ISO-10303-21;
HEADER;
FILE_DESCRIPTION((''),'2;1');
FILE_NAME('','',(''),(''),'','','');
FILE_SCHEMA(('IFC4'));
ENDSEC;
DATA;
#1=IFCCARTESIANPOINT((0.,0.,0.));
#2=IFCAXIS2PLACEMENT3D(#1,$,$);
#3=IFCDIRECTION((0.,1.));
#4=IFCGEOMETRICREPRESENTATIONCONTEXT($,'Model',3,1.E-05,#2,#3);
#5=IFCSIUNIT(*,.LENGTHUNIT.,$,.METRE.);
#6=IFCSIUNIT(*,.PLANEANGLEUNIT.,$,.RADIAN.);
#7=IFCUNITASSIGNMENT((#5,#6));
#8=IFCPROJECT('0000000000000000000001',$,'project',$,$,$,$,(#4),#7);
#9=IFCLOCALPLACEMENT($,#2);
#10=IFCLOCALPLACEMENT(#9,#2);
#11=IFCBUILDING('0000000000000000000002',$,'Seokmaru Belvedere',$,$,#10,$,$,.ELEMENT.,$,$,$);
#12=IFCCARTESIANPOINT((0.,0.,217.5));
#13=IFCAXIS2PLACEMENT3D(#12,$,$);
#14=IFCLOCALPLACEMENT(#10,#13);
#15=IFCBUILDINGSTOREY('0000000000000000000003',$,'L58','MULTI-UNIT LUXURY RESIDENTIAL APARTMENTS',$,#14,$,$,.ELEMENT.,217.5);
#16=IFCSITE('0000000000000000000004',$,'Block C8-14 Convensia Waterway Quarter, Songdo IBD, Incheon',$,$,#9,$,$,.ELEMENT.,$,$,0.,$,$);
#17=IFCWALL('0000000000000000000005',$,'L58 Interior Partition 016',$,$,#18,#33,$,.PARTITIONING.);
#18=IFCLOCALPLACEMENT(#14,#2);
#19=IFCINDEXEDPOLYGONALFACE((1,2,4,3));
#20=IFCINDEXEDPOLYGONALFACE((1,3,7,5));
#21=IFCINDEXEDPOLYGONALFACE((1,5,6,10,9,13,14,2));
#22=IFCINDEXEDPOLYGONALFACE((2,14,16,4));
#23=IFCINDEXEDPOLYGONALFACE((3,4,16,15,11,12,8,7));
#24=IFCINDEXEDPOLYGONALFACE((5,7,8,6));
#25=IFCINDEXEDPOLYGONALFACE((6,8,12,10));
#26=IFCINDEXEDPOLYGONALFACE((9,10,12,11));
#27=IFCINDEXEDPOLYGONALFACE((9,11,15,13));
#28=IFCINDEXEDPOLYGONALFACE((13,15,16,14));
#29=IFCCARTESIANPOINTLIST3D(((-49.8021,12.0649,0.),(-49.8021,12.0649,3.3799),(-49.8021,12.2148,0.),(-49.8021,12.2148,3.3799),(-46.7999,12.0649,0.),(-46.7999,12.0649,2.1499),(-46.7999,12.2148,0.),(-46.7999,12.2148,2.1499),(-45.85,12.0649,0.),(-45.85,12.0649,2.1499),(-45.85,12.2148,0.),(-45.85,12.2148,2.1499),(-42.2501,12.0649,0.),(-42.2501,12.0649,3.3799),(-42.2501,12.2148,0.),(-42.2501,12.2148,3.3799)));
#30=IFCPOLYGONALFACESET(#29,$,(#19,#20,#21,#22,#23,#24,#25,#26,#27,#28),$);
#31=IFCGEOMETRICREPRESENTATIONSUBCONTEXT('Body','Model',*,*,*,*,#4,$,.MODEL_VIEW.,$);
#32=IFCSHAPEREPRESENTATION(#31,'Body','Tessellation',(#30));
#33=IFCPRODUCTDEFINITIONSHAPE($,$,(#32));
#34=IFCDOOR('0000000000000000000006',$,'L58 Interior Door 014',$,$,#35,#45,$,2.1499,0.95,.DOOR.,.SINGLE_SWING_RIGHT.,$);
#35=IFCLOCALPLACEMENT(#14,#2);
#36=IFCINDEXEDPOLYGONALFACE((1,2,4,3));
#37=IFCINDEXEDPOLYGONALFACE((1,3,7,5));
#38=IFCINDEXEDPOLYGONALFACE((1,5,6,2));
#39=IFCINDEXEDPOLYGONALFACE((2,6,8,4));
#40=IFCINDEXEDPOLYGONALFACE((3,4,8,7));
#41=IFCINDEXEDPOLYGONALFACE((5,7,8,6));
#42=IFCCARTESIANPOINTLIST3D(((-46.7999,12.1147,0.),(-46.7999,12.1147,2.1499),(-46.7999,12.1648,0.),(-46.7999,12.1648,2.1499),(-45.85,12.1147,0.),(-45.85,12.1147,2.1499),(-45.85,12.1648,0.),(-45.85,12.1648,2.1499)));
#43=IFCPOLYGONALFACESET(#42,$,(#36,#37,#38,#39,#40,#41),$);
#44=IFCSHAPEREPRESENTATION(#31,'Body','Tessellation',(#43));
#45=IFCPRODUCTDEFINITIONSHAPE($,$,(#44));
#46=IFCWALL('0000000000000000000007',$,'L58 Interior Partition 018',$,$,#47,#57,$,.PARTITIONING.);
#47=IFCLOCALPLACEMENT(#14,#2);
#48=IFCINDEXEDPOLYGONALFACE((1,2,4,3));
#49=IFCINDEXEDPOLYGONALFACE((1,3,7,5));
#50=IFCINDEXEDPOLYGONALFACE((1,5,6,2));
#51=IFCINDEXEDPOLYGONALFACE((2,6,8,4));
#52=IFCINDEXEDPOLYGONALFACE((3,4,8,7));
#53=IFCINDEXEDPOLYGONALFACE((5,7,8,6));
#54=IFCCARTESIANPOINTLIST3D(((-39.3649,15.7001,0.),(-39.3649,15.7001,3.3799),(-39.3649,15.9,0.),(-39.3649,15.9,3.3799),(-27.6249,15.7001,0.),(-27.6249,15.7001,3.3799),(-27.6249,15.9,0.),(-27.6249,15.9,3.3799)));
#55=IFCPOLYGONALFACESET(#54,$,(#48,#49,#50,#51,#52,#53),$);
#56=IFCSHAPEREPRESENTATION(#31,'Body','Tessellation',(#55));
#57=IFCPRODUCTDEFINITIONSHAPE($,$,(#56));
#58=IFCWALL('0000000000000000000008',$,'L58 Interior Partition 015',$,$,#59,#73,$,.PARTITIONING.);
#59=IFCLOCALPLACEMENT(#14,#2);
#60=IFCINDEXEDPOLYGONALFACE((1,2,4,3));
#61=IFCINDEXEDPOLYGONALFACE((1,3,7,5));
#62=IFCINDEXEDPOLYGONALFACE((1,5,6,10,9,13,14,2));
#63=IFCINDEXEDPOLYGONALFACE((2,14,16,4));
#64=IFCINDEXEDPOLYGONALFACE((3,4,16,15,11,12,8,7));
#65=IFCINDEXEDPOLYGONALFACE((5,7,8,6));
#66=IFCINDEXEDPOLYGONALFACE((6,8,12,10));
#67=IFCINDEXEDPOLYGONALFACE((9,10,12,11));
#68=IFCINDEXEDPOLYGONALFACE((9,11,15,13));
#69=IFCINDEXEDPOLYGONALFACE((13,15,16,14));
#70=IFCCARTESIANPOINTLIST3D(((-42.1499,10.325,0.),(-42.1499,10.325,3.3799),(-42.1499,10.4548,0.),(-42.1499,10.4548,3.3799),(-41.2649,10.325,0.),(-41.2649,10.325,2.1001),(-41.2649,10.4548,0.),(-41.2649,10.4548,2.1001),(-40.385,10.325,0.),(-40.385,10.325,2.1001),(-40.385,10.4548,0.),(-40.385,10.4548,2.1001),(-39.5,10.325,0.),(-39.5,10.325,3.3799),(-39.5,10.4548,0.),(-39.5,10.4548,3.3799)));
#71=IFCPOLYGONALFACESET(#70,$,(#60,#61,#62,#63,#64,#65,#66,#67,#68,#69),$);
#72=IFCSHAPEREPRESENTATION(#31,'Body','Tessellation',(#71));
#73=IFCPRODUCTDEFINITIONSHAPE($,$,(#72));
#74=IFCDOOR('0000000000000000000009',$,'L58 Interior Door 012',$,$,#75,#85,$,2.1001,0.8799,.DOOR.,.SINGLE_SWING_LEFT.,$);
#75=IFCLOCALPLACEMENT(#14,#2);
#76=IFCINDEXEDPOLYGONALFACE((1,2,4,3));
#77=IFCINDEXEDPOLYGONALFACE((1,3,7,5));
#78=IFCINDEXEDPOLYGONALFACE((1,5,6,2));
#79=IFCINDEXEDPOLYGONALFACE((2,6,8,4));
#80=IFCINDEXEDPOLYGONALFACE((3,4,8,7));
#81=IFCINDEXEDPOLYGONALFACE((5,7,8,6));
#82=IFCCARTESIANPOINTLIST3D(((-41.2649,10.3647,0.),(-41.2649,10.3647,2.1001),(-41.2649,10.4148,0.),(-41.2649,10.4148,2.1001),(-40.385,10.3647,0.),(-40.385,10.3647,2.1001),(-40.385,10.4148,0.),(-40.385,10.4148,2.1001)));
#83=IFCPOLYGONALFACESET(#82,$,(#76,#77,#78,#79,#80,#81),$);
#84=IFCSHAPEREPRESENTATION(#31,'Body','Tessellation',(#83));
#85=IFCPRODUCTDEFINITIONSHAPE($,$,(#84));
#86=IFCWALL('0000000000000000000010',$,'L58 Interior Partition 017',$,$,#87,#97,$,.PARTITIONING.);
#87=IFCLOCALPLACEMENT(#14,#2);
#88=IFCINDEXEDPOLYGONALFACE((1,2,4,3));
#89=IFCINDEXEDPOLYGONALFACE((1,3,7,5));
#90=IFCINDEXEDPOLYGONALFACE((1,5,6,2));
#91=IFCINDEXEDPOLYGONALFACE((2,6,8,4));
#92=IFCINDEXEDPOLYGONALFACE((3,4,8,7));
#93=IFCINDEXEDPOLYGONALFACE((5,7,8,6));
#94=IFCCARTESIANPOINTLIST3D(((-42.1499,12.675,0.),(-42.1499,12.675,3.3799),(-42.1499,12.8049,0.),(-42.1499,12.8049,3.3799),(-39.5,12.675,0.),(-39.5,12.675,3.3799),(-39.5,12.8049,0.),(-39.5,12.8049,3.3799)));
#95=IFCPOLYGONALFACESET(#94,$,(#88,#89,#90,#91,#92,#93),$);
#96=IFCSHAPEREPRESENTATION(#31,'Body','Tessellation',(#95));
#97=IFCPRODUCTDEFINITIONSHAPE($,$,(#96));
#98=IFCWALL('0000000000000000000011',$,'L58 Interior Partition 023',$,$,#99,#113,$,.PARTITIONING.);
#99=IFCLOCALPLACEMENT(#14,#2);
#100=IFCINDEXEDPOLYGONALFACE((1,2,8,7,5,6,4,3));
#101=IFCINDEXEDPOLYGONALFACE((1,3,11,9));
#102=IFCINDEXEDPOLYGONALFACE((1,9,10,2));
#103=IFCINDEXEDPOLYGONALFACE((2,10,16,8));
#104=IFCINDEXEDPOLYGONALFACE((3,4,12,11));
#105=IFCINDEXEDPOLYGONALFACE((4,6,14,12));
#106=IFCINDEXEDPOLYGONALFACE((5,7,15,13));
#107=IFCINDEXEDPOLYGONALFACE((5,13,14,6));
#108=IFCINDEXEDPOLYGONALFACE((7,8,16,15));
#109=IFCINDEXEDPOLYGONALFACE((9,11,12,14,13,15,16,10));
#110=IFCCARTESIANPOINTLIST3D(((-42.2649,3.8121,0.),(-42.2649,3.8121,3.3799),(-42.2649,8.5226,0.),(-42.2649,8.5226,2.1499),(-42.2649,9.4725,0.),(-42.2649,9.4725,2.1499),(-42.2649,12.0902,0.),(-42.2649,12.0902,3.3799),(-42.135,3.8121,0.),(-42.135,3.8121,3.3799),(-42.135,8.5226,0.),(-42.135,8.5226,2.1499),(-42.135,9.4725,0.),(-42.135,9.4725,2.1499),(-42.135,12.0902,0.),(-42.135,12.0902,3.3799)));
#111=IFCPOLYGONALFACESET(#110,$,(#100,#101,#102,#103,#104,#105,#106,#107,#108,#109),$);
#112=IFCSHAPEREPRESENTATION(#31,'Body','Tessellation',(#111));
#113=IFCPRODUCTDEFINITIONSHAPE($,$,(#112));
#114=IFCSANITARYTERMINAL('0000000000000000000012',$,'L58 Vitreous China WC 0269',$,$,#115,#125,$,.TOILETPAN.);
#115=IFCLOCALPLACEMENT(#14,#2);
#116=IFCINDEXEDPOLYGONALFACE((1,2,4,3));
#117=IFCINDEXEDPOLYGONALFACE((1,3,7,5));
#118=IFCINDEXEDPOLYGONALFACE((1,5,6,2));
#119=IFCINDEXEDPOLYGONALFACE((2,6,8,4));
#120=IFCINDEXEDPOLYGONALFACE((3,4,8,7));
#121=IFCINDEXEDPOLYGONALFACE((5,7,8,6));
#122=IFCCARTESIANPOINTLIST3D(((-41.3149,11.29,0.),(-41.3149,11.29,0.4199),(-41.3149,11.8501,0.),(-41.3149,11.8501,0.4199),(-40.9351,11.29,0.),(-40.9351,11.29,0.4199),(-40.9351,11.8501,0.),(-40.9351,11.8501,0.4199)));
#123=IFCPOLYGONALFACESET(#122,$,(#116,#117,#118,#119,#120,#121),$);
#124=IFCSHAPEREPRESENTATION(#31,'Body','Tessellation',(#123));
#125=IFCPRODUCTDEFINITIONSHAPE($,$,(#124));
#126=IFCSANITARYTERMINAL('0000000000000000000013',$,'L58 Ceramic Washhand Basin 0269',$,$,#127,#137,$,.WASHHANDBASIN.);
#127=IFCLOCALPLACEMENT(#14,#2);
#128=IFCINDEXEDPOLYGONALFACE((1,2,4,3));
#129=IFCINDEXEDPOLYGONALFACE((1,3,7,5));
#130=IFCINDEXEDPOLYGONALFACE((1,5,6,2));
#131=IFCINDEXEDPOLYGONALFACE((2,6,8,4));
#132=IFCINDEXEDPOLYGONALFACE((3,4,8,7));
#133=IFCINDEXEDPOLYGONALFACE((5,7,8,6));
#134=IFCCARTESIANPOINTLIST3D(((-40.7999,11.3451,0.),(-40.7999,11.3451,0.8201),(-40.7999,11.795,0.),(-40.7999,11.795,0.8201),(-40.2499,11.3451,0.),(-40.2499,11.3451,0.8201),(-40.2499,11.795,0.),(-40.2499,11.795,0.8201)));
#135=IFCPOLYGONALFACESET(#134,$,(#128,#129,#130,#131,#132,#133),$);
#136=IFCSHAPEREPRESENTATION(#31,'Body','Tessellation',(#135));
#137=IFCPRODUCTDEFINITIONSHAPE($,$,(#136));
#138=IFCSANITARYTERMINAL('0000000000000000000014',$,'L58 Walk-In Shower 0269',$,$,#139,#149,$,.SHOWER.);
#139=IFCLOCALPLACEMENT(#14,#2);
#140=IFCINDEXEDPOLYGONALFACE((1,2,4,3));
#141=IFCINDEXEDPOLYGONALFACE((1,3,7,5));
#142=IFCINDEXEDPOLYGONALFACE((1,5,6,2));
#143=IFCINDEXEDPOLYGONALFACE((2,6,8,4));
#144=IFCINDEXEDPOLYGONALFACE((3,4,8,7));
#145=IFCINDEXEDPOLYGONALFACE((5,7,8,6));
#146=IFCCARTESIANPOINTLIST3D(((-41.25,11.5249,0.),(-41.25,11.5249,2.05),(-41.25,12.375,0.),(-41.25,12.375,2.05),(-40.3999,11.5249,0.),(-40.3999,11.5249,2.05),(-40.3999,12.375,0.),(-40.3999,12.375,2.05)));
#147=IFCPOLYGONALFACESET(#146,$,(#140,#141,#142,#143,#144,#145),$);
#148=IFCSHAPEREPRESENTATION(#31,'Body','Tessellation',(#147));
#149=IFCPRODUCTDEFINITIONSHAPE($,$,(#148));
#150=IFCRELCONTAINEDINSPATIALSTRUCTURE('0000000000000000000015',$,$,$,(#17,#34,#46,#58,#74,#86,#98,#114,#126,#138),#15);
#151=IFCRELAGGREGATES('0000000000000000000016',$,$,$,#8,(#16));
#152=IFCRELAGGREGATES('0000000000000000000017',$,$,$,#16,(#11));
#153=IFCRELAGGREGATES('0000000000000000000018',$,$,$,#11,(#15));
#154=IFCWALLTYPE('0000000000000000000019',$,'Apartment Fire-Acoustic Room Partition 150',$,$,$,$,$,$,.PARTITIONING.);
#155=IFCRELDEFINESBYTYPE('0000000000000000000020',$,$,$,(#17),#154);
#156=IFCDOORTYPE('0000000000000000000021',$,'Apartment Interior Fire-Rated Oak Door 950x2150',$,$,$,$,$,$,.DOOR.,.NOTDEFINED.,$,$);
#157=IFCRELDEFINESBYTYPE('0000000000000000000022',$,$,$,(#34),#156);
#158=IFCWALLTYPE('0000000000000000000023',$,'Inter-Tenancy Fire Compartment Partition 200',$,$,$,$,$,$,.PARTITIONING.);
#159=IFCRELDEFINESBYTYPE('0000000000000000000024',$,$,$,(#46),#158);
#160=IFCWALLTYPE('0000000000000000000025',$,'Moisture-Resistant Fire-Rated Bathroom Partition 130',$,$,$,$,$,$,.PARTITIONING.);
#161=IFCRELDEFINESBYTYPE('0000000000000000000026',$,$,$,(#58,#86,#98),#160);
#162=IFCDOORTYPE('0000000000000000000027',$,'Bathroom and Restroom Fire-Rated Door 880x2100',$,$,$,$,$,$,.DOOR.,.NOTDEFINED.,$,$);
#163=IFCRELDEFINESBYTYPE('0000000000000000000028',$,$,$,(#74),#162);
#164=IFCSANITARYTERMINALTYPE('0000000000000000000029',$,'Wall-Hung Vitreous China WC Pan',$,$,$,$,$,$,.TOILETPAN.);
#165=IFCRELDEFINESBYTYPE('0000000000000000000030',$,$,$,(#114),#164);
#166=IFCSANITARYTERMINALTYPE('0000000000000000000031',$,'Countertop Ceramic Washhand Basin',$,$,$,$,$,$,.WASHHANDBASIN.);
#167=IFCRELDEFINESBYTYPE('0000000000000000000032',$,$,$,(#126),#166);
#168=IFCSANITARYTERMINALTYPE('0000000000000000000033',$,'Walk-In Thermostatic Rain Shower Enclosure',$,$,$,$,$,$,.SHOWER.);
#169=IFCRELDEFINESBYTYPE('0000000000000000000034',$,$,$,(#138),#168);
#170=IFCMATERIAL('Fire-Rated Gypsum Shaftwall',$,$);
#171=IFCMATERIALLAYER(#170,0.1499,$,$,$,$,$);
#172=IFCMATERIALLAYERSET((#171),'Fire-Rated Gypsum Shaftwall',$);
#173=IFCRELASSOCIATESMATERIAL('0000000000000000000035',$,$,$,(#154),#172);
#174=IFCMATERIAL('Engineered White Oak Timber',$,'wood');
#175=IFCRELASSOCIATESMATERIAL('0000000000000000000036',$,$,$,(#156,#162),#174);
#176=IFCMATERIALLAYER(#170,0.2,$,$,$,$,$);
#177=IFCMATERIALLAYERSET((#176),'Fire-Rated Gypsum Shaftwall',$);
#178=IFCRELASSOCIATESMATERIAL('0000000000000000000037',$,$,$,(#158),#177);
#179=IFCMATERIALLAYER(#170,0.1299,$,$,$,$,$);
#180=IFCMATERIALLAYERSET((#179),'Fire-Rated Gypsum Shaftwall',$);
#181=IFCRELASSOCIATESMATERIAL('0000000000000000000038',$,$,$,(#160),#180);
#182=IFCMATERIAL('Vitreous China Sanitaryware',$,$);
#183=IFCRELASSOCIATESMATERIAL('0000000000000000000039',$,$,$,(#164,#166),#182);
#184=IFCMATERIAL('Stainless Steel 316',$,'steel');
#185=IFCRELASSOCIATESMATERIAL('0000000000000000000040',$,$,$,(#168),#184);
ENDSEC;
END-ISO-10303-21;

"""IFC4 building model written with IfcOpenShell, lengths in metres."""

from ifc_helpers import new_model, si_unit, direction, frame, frame_2d, origin, origin_2d, place, context, subcontext, project, spatial, rectangle, extrude, source, transform, mapped, material, layer, layer_set, type_object, type_shapes, element, fill, save


model = new_model("IFC4")

# Units and contexts
model_context = context("Model", 3, precision=1e-05, world=origin(), true_north=direction((0.0, 1.0)))
body_context = subcontext(model_context, "Body", "Model", "MODEL_VIEW")
ifc_project = project(units=[si_unit("LENGTHUNIT", "METRE"), si_unit("PLANEANGLEUNIT", "RADIAN")], contexts=[model_context])

# Site, building, storey
site_placement = place(None, origin())
site = spatial("IfcSite", under=ifc_project, at=site_placement, Name="Block C8-14 Convensia Waterway Quarter, Songdo IBD, Incheon", CompositionType="ELEMENT", RefElevation=0.0)
building_placement = place(site_placement, origin())
building = spatial("IfcBuilding", under=site, at=building_placement, Name="Seokmaru Belvedere", CompositionType="ELEMENT")
storey_placement = place(building_placement, frame((0.0, 0.0, 217.5)))
storey = spatial("IfcBuildingStorey", under=building, at=storey_placement, Name="L58", Description="MULTI-UNIT LUXURY RESIDENTIAL APARTMENTS", CompositionType="ELEMENT", Elevation=217.5)

# Wall, opening, door
ifc_material_1 = material(Name="Fire-Rated Gypsum Shaftwall")
ifc_layer_1 = layer(ifc_material_1, 0.1499)
ifc_layer_set_1 = layer_set([ifc_layer_1], Name="Fire-Rated Gypsum Shaftwall")
wall_type_1 = type_object("IfcWallType", Name="Apartment Fire-Acoustic Room Partition 150", PredefinedType="PARTITIONING", material=ifc_layer_set_1)
ifc_material_2 = material(Name="Engineered White Oak Timber", Category="wood")
door_type_1 = type_object("IfcDoorType", Name="Apartment Interior Fire-Rated Oak Door 950x2150", OperationType="NOTDEFINED", PredefinedType="DOOR", material=ifc_material_2)
shared_shape_1 = source(origin(), body_context, "Body", "SweptSolid", [
    extrude(rectangle(XDim=0.95, YDim=2.1499, at=frame_2d((0.4751, 1.075))), frame((0.0, 0.0249, 0.0), z_axis=(0.0, -1.0, 0.0), x_axis=(1.0, 0.0, 0.0)), (0.0, 0.0, 1.0), 0.05),
])
type_shapes(door_type_1, [shared_shape_1])
wall_1_placement = place(storey_placement, frame((-49.802, 12.1399, 0.0), z_axis=(0.0, 0.0, 1.0), x_axis=(1.0, 0.0, 0.0)))
wall_1 = element("IfcWall", 1, at=wall_1_placement, inside=storey, type_object=wall_type_1, Name="L58 Interior Partition 016", PredefinedType="PARTITIONING", context=body_context, shape_type="SweptSolid", body=[
    extrude(rectangle(XDim=7.552, YDim=0.1499, at=frame_2d((3.7759, 0.0))), origin(), (0.0, 0.0, 1.0), 3.3799),
])
opening_1_placement = place(wall_1_placement, frame((3.002, 0.0, 0.0)))
opening_1 = element("IfcOpeningElement", 2, at=opening_1_placement, cuts=wall_1, PredefinedType="OPENING", context=body_context, shape_type="SweptSolid", body=[
    extrude(rectangle(XDim=0.95, YDim=2.1499, at=frame_2d((0.4751, 1.075))), frame((0.0, 0.085, 0.0), z_axis=(0.0, -1.0, 0.0), x_axis=(1.0, 0.0, 0.0)), (0.0, 0.0, 1.0), 0.1699),
])
door_1_placement = place(opening_1_placement, origin())
door_1 = element("IfcDoor", 3, at=door_1_placement, inside=storey, type_object=door_type_1, Name="L58 Interior Door 014", OperationType="SINGLE_SWING_RIGHT", OverallHeight=2.1499, OverallWidth=0.95, PredefinedType="DOOR", context=body_context, shape_type="MappedRepresentation", body=[
    mapped(shared_shape_1, transform((0.0, 0.0, 0.0), scale=1.0)),
])
fill(opening_1, door_1)

# Wall
ifc_layer_2 = layer(ifc_material_1, 0.2)
ifc_layer_set_2 = layer_set([ifc_layer_2], Name="Fire-Rated Gypsum Shaftwall")
wall_type_2 = type_object("IfcWallType", Name="Inter-Tenancy Fire Compartment Partition 200", PredefinedType="PARTITIONING", material=ifc_layer_set_2)
wall_2_placement = place(storey_placement, frame((-39.365, 15.8, 0.0), z_axis=(0.0, 0.0, 1.0), x_axis=(1.0, 0.0, 0.0)))
element("IfcWall", 4, at=wall_2_placement, inside=storey, type_object=wall_type_2, Name="L58 Interior Partition 018", PredefinedType="PARTITIONING", context=body_context, shape_type="SweptSolid", body=[
    extrude(rectangle(XDim=11.74, YDim=0.2, at=frame_2d((5.8701, 0.0))), origin(), (0.0, 0.0, 1.0), 3.3799),
])

# Wall, opening, door
ifc_layer_3 = layer(ifc_material_1, 0.1299)
ifc_layer_set_3 = layer_set([ifc_layer_3], Name="Fire-Rated Gypsum Shaftwall")
wall_type_3 = type_object("IfcWallType", Name="Moisture-Resistant Fire-Rated Bathroom Partition 130", PredefinedType="PARTITIONING", material=ifc_layer_set_3)
wall_3_placement = place(storey_placement, frame((-42.1499, 10.3899, 0.0), z_axis=(0.0, 0.0, 1.0), x_axis=(1.0, 0.0, 0.0)))
wall_3 = element("IfcWall", 5, at=wall_3_placement, inside=storey, type_object=wall_type_3, Name="L58 Interior Partition 015", PredefinedType="PARTITIONING", context=body_context, shape_type="SweptSolid", body=[
    extrude(rectangle(XDim=2.6499, YDim=0.1299, at=frame_2d((1.325, 0.0))), origin(), (0.0, 0.0, 1.0), 3.3799),
])
opening_2_placement = place(wall_3_placement, frame((0.885, 0.0, 0.0)))
opening_2 = element("IfcOpeningElement", 6, at=opening_2_placement, cuts=wall_3, PredefinedType="OPENING", context=body_context, shape_type="SweptSolid", body=[
    extrude(rectangle(XDim=0.8799, YDim=2.1001, at=frame_2d((0.4399, 1.05))), frame((0.0, 0.075, 0.0), z_axis=(0.0, -1.0, 0.0), x_axis=(1.0, 0.0, 0.0)), (0.0, 0.0, 1.0), 0.1499),
])
door_type_2 = type_object("IfcDoorType", Name="Bathroom and Restroom Fire-Rated Door 880x2100", OperationType="NOTDEFINED", PredefinedType="DOOR", material=ifc_material_2)
shared_shape_2 = source(origin(), body_context, "Body", "SweptSolid", [
    extrude(rectangle(XDim=0.8799, YDim=2.1001, at=frame_2d((0.4399, 1.05))), frame((0.0, 0.0249, 0.0), z_axis=(0.0, -1.0, 0.0), x_axis=(1.0, 0.0, 0.0)), (0.0, 0.0, 1.0), 0.05),
])
type_shapes(door_type_2, [shared_shape_2])
door_2_placement = place(opening_2_placement, origin())
door_2 = element("IfcDoor", 7, at=door_2_placement, inside=storey, type_object=door_type_2, Name="L58 Interior Door 012", OperationType="SINGLE_SWING_LEFT", OverallHeight=2.1001, OverallWidth=0.8799, PredefinedType="DOOR", context=body_context, shape_type="MappedRepresentation", body=[
    mapped(shared_shape_2, transform((0.0, 0.0, 0.0), scale=1.0)),
])
fill(opening_2, door_2)

# Wall
wall_4_placement = place(storey_placement, frame((-42.1499, 12.74, 0.0), z_axis=(0.0, 0.0, 1.0), x_axis=(1.0, 0.0, 0.0)))
element("IfcWall", 8, at=wall_4_placement, inside=storey, type_object=wall_type_3, Name="L58 Interior Partition 017", PredefinedType="PARTITIONING", context=body_context, shape_type="SweptSolid", body=[
    extrude(rectangle(XDim=2.6499, YDim=0.1299, at=frame_2d((1.325, 0.0))), origin(), (0.0, 0.0, 1.0), 3.3799),
])

# Wall, opening
wall_5_placement = place(storey_placement, frame((-42.2, 3.812, 0.0), z_axis=(0.0, 0.0, 1.0), x_axis=(0.0, 1.0, 0.0)))
wall_5 = element("IfcWall", 9, at=wall_5_placement, inside=storey, type_object=wall_type_3, Name="L58 Interior Partition 023", PredefinedType="PARTITIONING", context=body_context, shape_type="SweptSolid", body=[
    extrude(rectangle(XDim=8.2781, YDim=0.1299, at=frame_2d((4.1392, 0.0))), origin(), (0.0, 0.0, 1.0), 3.3799),
])
opening_3_placement = place(wall_5_placement, frame((4.7104, 0.0, 0.0)))
element("IfcOpeningElement", 10, at=opening_3_placement, cuts=wall_5, PredefinedType="OPENING", context=body_context, shape_type="SweptSolid", body=[
    extrude(rectangle(XDim=0.95, YDim=2.1499, at=frame_2d((0.4751, 1.075))), frame((0.0, 0.075, 0.0), z_axis=(0.0, -1.0, 0.0), x_axis=(1.0, 0.0, 0.0)), (0.0, 0.0, 1.0), 0.1499),
])

# Sanitary terminals
ifc_material_3 = material(Name="Vitreous China Sanitaryware")
sanitary_terminal_type_1 = type_object("IfcSanitaryTerminalType", Name="Wall-Hung Vitreous China WC Pan", PredefinedType="TOILETPAN", material=ifc_material_3)
shared_shape_3 = source(origin(), body_context, "Body", "SweptSolid", [
    extrude(rectangle(XDim=0.3799, YDim=0.5601, at=origin_2d()), origin(), (0.0, 0.0, 1.0), 0.4199),
])
type_shapes(sanitary_terminal_type_1, [shared_shape_3])
sanitary_terminal_1_placement = place(storey_placement, frame((-41.125, 11.5701, 0.0), z_axis=(0.0, 0.0, 1.0), x_axis=(1.0, 0.0, 0.0)))
element("IfcSanitaryTerminal", 11, at=sanitary_terminal_1_placement, inside=storey, type_object=sanitary_terminal_type_1, Name="L58 Vitreous China WC 0269", PredefinedType="TOILETPAN", context=body_context, shape_type="MappedRepresentation", body=[
    mapped(shared_shape_3, transform((0.0, 0.0, 0.0), scale=1.0)),
])
sanitary_terminal_type_2 = type_object("IfcSanitaryTerminalType", Name="Countertop Ceramic Washhand Basin", PredefinedType="WASHHANDBASIN", material=ifc_material_3)
shared_shape_4 = source(origin(), body_context, "Body", "SweptSolid", [
    extrude(rectangle(XDim=0.55, YDim=0.45, at=origin_2d()), origin(), (0.0, 0.0, 1.0), 0.8201),
])
type_shapes(sanitary_terminal_type_2, [shared_shape_4])
sanitary_terminal_2_placement = place(storey_placement, frame((-40.5249, 11.5701, 0.0), z_axis=(0.0, 0.0, 1.0), x_axis=(1.0, 0.0, 0.0)))
element("IfcSanitaryTerminal", 12, at=sanitary_terminal_2_placement, inside=storey, type_object=sanitary_terminal_type_2, Name="L58 Ceramic Washhand Basin 0269", PredefinedType="WASHHANDBASIN", context=body_context, shape_type="MappedRepresentation", body=[
    mapped(shared_shape_4, transform((0.0, 0.0, 0.0), scale=1.0)),
])
ifc_material_4 = material(Name="Stainless Steel 316", Category="steel")
sanitary_terminal_type_3 = type_object("IfcSanitaryTerminalType", Name="Walk-In Thermostatic Rain Shower Enclosure", PredefinedType="SHOWER", material=ifc_material_4)
shared_shape_5 = source(origin(), body_context, "Body", "SweptSolid", [
    extrude(rectangle(XDim=0.8501, YDim=0.8501, at=origin_2d()), origin(), (0.0, 0.0, 1.0), 2.05),
])
type_shapes(sanitary_terminal_type_3, [shared_shape_5])
sanitary_terminal_3_placement = place(storey_placement, frame((-40.825, 11.95, 0.0), z_axis=(0.0, 0.0, 1.0), x_axis=(1.0, 0.0, 0.0)))
element("IfcSanitaryTerminal", 13, at=sanitary_terminal_3_placement, inside=storey, type_object=sanitary_terminal_type_3, Name="L58 Walk-In Shower 0269", PredefinedType="SHOWER", context=body_context, shape_type="MappedRepresentation", body=[
    mapped(shared_shape_5, transform((0.0, 0.0, 0.0), scale=1.0)),
])

save(model, "model.ifc")
